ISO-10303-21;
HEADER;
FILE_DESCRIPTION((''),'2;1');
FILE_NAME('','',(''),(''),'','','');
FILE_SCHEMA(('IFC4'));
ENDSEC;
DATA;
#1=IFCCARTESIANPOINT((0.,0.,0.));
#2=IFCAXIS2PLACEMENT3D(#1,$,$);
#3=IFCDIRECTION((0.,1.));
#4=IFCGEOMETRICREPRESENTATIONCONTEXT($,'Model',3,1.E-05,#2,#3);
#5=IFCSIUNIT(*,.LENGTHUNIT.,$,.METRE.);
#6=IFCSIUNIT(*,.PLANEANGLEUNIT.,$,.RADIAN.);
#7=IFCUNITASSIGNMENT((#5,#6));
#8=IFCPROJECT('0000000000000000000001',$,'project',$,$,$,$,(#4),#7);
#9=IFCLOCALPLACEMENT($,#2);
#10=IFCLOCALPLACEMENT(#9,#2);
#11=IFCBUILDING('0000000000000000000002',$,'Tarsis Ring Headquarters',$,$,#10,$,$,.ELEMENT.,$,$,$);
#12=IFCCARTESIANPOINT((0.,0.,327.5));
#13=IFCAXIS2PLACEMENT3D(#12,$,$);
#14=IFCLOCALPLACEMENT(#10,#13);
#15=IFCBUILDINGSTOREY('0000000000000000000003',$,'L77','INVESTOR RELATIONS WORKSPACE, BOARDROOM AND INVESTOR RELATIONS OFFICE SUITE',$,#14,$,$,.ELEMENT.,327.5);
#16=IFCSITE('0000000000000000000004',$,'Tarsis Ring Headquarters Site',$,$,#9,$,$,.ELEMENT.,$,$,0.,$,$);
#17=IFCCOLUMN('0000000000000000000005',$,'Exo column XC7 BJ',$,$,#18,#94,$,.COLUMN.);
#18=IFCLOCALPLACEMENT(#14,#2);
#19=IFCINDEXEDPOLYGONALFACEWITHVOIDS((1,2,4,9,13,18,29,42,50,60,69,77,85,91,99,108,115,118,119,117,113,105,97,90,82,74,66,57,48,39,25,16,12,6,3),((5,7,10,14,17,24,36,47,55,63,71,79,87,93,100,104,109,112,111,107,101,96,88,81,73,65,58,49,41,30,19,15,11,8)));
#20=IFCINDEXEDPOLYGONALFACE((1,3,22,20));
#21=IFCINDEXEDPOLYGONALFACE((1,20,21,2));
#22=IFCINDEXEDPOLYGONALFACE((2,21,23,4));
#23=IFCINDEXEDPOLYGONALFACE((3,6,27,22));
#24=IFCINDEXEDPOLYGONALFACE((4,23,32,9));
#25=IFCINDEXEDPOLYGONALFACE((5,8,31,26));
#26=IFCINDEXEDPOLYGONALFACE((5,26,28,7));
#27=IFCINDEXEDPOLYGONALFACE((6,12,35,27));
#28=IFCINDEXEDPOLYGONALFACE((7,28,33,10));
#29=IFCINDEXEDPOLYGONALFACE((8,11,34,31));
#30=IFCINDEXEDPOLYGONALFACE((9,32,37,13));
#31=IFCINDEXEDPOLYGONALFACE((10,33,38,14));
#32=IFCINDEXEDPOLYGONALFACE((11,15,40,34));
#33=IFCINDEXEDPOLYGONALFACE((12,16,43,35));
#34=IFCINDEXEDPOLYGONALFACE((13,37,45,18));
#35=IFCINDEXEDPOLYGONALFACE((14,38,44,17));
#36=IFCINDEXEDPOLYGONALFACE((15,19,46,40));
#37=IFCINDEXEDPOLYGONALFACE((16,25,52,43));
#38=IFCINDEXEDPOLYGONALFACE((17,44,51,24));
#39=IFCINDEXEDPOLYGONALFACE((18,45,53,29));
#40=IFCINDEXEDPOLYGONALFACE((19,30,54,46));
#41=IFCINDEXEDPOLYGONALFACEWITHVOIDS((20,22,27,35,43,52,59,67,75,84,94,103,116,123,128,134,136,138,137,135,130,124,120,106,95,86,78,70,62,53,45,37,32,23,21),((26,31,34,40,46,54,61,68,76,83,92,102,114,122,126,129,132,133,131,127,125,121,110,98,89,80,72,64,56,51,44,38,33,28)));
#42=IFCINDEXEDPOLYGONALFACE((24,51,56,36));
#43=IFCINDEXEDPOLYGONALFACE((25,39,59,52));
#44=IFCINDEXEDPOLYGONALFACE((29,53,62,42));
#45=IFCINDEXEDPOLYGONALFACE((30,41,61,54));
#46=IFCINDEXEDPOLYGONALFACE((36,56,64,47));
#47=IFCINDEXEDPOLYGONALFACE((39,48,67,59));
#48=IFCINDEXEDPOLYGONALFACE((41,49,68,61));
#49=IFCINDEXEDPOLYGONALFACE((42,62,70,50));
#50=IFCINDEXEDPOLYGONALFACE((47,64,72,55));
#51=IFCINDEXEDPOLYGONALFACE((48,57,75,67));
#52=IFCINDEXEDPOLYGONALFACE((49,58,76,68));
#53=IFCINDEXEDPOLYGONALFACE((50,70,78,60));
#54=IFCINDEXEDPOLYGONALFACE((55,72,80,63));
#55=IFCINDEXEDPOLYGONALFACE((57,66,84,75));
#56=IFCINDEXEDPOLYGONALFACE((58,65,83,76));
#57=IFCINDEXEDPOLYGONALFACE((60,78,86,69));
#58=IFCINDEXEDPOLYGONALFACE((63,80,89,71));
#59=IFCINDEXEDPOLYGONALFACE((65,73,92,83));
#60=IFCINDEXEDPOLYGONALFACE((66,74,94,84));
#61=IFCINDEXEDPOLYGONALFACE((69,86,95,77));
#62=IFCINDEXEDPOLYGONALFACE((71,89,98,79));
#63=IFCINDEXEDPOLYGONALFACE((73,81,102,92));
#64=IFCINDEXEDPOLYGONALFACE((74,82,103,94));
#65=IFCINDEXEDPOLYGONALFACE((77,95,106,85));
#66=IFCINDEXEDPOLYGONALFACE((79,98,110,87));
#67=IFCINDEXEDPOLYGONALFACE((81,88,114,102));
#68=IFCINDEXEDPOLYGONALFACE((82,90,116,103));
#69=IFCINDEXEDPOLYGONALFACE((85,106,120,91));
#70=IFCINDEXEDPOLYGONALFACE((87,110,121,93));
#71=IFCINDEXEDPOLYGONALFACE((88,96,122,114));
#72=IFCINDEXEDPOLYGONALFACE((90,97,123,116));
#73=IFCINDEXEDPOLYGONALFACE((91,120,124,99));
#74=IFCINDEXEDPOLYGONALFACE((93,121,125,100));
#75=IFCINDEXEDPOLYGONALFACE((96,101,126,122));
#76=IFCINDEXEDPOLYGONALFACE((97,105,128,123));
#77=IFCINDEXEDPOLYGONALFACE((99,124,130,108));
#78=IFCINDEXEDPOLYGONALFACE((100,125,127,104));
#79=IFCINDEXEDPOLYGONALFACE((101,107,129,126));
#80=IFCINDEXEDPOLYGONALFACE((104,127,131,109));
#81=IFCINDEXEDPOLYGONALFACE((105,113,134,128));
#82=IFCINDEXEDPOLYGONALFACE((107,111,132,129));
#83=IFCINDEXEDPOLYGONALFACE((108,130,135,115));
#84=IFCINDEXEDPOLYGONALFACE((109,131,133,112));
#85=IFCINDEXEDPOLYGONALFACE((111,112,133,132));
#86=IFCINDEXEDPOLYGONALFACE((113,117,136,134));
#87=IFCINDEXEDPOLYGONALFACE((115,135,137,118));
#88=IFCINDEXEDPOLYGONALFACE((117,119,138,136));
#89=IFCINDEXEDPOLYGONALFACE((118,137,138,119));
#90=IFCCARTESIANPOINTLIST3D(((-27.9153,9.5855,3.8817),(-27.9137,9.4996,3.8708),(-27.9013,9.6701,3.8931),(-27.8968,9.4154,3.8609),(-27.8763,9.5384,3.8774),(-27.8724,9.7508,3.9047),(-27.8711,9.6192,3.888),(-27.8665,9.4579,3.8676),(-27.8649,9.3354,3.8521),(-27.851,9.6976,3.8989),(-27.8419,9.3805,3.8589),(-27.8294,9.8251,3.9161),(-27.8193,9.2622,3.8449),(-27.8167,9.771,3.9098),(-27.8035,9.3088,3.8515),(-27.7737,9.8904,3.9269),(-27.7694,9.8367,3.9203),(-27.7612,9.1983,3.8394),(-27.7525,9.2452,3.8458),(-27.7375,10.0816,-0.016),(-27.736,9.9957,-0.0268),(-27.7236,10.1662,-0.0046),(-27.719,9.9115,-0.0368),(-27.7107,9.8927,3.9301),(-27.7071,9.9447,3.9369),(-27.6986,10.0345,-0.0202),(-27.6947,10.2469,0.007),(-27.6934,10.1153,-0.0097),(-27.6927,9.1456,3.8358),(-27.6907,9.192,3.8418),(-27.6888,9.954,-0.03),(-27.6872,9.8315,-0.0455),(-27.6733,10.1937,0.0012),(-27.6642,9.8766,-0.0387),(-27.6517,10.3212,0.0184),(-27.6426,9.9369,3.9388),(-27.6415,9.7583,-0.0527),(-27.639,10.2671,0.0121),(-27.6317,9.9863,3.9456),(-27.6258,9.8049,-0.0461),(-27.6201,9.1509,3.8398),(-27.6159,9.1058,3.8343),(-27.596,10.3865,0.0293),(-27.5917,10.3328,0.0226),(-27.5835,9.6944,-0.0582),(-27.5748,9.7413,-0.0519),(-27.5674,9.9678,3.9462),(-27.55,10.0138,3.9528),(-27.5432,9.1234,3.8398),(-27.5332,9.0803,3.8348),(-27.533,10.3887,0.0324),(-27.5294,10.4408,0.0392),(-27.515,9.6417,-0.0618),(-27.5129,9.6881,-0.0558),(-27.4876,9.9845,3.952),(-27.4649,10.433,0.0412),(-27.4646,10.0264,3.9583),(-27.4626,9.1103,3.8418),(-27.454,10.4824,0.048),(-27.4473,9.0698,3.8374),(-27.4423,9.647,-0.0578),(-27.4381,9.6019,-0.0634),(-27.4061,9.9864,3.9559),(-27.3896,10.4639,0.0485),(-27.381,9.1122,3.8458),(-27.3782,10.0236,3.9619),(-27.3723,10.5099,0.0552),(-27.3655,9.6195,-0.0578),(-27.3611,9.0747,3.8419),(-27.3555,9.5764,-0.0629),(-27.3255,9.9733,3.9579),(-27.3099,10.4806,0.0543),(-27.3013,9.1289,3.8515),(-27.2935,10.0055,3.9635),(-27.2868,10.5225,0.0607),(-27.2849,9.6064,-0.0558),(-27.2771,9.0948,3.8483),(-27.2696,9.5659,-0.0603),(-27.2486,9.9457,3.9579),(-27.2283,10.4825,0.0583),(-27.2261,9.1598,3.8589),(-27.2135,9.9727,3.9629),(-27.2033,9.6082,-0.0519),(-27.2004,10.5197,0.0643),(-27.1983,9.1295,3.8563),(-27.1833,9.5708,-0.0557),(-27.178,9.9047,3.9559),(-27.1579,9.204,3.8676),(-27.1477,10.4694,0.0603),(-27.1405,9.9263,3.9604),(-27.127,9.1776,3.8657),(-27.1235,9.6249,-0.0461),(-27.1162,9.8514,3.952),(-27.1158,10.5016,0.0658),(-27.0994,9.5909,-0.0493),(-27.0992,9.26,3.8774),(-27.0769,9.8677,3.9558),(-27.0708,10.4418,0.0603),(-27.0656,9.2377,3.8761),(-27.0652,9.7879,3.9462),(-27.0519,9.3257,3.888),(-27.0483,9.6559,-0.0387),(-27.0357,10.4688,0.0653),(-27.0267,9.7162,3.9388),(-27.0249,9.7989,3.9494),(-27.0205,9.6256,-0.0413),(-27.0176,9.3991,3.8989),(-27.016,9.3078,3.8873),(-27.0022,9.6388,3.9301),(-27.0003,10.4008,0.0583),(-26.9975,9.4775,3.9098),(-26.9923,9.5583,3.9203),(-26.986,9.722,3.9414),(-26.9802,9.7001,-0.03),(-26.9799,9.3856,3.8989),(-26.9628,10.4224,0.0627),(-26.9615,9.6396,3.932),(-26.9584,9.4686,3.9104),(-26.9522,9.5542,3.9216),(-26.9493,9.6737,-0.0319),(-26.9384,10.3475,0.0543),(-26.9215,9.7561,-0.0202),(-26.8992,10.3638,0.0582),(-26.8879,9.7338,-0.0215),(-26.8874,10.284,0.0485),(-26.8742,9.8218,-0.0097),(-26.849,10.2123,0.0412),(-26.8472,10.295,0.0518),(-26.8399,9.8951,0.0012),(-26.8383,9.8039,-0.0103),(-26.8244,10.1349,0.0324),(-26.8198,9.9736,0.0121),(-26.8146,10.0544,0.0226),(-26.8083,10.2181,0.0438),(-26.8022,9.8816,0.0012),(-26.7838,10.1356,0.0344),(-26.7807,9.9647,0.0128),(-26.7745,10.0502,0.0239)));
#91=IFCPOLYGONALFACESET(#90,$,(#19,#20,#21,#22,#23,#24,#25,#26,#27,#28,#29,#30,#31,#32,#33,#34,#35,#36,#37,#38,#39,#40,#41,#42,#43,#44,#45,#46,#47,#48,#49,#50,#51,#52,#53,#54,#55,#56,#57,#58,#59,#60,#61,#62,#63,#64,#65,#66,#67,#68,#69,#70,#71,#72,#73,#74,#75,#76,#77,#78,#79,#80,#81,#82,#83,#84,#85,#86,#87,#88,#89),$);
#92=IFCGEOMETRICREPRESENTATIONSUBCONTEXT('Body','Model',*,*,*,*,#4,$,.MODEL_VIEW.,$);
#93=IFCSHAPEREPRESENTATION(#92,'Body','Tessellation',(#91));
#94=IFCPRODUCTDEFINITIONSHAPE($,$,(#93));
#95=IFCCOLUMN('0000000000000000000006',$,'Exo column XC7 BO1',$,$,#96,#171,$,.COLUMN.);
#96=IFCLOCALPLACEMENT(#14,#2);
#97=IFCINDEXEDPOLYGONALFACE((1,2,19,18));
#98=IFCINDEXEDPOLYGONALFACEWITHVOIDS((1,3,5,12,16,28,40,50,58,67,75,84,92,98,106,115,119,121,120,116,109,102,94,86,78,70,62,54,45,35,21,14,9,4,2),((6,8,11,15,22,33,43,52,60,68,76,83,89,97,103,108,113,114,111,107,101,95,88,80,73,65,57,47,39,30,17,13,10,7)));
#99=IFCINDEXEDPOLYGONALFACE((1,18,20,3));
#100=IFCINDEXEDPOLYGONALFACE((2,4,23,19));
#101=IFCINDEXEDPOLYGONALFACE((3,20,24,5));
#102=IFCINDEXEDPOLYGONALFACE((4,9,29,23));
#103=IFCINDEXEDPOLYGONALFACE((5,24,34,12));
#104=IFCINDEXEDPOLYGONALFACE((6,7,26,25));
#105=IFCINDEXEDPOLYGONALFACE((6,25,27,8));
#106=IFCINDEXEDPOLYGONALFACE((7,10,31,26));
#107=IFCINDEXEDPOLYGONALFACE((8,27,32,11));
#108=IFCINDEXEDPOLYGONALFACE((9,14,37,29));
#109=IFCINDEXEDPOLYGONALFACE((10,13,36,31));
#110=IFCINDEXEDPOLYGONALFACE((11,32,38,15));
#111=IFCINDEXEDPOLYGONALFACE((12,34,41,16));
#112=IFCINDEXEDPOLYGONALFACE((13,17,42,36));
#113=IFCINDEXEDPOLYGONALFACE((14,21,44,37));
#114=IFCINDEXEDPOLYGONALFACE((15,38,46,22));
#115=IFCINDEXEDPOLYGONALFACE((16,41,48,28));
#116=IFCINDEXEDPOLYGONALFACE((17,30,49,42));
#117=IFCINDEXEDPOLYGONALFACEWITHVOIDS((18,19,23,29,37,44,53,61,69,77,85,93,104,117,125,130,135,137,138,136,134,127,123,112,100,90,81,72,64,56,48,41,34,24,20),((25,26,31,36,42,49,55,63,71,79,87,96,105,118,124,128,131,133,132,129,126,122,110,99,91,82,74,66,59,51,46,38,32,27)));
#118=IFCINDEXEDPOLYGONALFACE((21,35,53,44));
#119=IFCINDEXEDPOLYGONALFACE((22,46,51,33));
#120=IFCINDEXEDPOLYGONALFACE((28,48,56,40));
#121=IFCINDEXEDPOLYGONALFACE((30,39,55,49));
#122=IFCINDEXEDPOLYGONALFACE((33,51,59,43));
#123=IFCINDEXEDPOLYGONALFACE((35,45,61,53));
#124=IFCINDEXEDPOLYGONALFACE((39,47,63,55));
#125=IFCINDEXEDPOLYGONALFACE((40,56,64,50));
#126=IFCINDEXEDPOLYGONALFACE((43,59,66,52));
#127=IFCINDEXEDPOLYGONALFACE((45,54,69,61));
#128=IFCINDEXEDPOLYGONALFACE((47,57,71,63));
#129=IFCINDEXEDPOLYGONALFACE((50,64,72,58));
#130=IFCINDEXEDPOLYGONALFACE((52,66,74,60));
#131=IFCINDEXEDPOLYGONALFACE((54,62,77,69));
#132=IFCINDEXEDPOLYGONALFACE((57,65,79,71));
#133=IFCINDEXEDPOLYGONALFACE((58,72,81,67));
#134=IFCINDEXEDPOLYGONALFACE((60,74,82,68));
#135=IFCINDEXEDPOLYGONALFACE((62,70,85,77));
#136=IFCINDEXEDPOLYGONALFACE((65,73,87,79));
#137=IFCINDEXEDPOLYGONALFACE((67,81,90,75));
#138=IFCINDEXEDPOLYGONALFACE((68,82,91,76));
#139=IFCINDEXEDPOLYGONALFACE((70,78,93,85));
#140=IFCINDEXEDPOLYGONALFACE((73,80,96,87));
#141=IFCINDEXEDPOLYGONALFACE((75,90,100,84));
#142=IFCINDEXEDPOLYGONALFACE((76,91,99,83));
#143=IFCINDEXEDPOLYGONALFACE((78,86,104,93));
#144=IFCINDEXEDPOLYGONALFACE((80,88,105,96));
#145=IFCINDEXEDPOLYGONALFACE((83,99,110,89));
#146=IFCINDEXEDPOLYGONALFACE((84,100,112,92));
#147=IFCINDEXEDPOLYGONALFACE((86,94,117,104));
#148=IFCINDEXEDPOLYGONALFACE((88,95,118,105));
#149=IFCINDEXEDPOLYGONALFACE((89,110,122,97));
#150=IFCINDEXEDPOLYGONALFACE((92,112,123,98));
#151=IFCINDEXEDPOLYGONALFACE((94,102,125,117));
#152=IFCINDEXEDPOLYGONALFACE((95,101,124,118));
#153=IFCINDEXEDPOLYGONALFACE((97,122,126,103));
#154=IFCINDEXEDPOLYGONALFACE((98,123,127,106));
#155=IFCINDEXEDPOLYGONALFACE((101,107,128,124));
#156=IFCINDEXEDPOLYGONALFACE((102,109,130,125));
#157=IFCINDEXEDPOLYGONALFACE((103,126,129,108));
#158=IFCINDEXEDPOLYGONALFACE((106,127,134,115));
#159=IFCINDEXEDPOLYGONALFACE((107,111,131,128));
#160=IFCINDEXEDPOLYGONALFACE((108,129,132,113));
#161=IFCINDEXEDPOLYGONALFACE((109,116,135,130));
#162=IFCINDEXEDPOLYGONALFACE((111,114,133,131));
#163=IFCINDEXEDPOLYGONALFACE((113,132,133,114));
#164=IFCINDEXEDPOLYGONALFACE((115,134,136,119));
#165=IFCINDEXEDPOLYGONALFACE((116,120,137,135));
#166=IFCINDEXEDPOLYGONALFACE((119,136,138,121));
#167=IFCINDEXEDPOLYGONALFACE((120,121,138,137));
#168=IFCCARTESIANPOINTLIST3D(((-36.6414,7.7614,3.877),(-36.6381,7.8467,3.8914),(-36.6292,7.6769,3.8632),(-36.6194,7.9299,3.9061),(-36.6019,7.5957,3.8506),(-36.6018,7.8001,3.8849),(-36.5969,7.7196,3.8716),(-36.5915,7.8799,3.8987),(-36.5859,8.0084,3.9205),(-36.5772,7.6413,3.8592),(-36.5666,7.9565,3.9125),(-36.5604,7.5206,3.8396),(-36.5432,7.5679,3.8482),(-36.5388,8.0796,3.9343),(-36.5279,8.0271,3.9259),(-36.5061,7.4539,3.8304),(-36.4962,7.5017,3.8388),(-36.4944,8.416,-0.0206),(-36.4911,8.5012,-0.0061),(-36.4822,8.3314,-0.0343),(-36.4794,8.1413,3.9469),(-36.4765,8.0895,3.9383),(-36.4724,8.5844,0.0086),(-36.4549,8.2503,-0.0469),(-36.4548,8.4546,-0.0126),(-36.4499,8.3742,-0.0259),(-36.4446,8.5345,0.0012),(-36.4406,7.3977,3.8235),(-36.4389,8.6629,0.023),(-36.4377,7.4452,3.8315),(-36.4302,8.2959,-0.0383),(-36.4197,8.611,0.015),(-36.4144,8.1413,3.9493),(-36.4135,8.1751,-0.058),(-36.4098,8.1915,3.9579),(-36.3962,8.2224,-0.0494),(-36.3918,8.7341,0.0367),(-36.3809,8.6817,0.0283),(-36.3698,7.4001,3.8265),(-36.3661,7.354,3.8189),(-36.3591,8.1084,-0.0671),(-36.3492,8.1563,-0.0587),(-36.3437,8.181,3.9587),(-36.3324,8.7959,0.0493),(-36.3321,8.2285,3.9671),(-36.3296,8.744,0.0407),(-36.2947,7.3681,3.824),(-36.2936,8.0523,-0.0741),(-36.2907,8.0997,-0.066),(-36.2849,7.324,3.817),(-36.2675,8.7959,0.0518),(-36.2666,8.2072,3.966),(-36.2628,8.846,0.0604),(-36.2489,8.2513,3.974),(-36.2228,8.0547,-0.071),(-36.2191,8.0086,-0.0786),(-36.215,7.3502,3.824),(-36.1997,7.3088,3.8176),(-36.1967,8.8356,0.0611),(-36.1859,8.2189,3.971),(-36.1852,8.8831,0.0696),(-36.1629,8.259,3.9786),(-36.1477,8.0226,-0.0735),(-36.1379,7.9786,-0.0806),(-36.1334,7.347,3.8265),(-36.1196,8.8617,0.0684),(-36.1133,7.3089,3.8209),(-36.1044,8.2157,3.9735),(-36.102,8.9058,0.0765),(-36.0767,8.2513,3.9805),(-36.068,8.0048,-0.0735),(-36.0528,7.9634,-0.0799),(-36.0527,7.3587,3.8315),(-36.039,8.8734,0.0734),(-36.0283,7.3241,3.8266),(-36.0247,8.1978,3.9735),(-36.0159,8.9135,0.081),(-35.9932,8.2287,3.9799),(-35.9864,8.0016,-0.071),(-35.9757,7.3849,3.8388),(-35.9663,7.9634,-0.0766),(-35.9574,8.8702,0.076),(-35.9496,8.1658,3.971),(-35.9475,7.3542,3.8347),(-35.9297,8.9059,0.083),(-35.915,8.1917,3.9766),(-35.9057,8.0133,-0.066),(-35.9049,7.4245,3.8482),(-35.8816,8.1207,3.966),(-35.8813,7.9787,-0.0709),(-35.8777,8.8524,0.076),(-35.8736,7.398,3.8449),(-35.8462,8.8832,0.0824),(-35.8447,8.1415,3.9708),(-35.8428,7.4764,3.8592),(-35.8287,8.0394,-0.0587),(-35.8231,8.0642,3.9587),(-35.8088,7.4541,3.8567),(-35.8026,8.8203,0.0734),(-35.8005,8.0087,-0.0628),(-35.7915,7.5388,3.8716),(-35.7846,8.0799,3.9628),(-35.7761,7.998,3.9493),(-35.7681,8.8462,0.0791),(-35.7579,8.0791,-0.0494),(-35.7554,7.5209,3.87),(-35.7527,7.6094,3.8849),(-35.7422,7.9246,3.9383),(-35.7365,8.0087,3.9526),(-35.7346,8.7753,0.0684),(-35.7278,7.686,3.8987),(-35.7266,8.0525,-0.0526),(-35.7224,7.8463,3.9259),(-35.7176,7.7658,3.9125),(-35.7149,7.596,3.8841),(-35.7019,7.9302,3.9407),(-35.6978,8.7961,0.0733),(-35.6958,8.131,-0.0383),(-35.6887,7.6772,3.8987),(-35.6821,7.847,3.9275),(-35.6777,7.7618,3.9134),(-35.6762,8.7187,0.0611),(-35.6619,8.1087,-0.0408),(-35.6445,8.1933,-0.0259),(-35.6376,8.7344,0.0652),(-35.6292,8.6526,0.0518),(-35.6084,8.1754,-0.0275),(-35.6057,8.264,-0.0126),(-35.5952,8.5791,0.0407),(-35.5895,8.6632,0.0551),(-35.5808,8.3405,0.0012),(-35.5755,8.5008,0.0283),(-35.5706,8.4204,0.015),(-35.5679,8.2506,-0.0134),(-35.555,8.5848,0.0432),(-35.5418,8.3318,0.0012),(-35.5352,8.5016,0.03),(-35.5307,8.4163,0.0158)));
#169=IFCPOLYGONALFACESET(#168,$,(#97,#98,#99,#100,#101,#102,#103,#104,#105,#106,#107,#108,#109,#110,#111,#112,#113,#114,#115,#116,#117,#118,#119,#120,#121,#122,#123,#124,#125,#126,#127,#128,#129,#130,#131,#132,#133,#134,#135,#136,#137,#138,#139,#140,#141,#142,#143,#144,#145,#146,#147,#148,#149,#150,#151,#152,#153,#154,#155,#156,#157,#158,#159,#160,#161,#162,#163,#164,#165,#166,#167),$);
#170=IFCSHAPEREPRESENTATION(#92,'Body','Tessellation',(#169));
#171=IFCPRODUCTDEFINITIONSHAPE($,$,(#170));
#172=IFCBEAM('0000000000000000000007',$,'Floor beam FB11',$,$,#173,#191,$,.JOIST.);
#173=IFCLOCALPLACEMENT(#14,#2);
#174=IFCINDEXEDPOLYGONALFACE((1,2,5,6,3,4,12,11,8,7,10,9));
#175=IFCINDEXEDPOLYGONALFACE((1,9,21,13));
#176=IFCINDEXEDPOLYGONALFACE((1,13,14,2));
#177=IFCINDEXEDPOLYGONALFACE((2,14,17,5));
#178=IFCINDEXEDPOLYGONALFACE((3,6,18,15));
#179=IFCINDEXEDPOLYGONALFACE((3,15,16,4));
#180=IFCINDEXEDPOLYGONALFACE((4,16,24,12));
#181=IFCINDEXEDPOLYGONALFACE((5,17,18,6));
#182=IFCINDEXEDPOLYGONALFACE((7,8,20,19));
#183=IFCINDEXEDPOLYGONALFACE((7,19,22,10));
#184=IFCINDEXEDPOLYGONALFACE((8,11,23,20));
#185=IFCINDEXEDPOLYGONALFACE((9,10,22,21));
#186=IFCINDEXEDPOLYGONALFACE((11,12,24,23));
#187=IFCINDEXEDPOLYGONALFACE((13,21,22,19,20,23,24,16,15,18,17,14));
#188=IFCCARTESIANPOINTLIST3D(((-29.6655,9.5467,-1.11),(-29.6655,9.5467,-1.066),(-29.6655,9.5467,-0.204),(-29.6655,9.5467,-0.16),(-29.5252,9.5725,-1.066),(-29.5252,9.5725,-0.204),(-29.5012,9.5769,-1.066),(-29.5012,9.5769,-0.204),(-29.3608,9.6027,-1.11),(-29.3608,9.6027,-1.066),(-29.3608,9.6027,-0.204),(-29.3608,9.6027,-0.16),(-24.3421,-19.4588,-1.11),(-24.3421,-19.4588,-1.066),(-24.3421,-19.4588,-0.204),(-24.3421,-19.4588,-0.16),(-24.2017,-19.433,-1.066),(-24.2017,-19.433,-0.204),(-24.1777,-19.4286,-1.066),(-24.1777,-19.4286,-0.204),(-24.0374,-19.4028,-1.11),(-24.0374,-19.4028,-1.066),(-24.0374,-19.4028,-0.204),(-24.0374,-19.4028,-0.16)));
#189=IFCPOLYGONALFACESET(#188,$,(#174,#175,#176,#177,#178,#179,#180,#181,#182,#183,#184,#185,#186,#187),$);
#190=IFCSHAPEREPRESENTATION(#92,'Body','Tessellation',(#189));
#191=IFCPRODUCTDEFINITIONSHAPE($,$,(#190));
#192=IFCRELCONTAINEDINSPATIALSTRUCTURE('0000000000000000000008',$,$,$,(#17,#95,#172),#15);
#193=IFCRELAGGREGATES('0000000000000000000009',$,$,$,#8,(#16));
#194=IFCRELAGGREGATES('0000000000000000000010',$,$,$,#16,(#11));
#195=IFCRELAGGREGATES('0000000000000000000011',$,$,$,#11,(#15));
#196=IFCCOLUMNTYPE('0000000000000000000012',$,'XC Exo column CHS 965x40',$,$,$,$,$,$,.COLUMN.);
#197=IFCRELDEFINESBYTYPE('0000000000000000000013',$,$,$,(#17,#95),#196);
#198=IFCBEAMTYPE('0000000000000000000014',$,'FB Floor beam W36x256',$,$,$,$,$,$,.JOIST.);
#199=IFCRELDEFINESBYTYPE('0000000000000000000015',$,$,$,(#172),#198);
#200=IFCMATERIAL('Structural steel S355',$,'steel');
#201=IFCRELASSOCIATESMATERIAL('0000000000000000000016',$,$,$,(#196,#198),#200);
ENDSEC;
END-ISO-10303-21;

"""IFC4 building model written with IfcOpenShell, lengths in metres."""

from ifc_helpers import new_model, si_unit, direction, frame, origin, origin_2d, place, context, subcontext, project, spatial, hollow_circle, i_section, extrude, material, material_profile, profile_set, type_object, element, save


model = new_model("IFC4")

# Units and contexts
model_context = context("Model", 3, precision=1e-05, world=origin(), true_north=direction((0.0, 1.0)))
body_context = subcontext(model_context, "Body", "Model", "MODEL_VIEW")
ifc_project = project(units=[si_unit("LENGTHUNIT", "METRE"), si_unit("PLANEANGLEUNIT", "RADIAN")], contexts=[model_context])

# Site, building, storey
site_placement = place(None, origin())
site = spatial("IfcSite", under=ifc_project, at=site_placement, Name="Tarsis Ring Headquarters Site", CompositionType="ELEMENT", RefElevation=0.0)
building_placement = place(site_placement, origin())
building = spatial("IfcBuilding", under=site, at=building_placement, Name="Tarsis Ring Headquarters", CompositionType="ELEMENT")
storey_placement = place(building_placement, frame((0.0, 0.0, 327.5)))
storey = spatial("IfcBuildingStorey", under=building, at=storey_placement, Name="L77", Description="INVESTOR RELATIONS WORKSPACE, BOARDROOM AND INVESTOR RELATIONS OFFICE SUITE", CompositionType="ELEMENT", Elevation=327.5)

# Columns
ifc_material_1 = material(Name="Structural steel S355", Category="steel")
ifc_material_profile_1 = material_profile(ifc_material_1, hollow_circle(Radius=0.4827, WallThickness=0.04, at=origin_2d()), Name="CHS 965x40")
ifc_profile_set_1 = profile_set([ifc_material_profile_1], Name="Structural steel S355")
column_type = type_object("IfcColumnType", Name="XC Exo column CHS 965x40", PredefinedType="COLUMN", material=ifc_profile_set_1)
column_1_placement = place(storey_placement, frame((-27.2566, 10.0444, 0.0012), z_axis=(-0.045189, -0.126131, 0.990984), x_axis=(0.941406, -0.337275, 0.0)))
element("IfcColumn", 1, at=column_1_placement, inside=storey, type_object=column_type, Name="Exo column XC7 BJ", PredefinedType="COLUMN", context=body_context, shape_type="SweptSolid", body=[
    extrude(hollow_circle(Radius=0.4827, WallThickness=0.04, at=origin_2d()), origin(), (0.0, 0.0, 1.0), 3.9331),
])
column_2_placement = place(storey_placement, frame((-36.0127, 8.4375, 0.0012), z_axis=(-0.037163, -0.165507, 0.985508), x_axis=(0.975705, -0.219088, 0.0)))
element("IfcColumn", 2, at=column_2_placement, inside=storey, type_object=column_type, Name="Exo column XC7 BO1", PredefinedType="COLUMN", context=body_context, shape_type="SweptSolid", body=[
    extrude(hollow_circle(Radius=0.4827, WallThickness=0.04, at=origin_2d()), origin(), (0.0, 0.0, 1.0), 3.9548),
])

# Beam
ifc_material_profile_2 = material_profile(ifc_material_1, i_section(OverallWidth=0.3098, OverallDepth=0.95, WebThickness=0.0244, FlangeThickness=0.0439, at=origin_2d()), Name="W36x256")
ifc_profile_set_2 = profile_set([ifc_material_profile_2], Name="Structural steel S355")
beam_type_1 = type_object("IfcBeamType", Name="FB Floor beam W36x256", PredefinedType="JOIST", material=ifc_profile_set_2)
for number, where, z_axis, x_axis, name in (
    (3, (-29.5132, 9.5747, -0.635), (0.180518, -0.983572, 0.0), (0.983572, 0.180518, 0.0), "Floor beam FB11"),
):
    element("IfcBeam", number, at=place(storey_placement, frame(where, z_axis=z_axis, x_axis=x_axis)), inside=storey, type_object=beam_type_1, Name=name, PredefinedType="JOIST", context=body_context, shape_type="SweptSolid", body=[
        extrude(i_section(OverallWidth=0.3098, OverallDepth=0.95, WebThickness=0.0244, FlangeThickness=0.0439, at=origin_2d()), origin(), (0.0, 0.0, 1.0), 29.49),
    ])

save(model, "model.ifc")
